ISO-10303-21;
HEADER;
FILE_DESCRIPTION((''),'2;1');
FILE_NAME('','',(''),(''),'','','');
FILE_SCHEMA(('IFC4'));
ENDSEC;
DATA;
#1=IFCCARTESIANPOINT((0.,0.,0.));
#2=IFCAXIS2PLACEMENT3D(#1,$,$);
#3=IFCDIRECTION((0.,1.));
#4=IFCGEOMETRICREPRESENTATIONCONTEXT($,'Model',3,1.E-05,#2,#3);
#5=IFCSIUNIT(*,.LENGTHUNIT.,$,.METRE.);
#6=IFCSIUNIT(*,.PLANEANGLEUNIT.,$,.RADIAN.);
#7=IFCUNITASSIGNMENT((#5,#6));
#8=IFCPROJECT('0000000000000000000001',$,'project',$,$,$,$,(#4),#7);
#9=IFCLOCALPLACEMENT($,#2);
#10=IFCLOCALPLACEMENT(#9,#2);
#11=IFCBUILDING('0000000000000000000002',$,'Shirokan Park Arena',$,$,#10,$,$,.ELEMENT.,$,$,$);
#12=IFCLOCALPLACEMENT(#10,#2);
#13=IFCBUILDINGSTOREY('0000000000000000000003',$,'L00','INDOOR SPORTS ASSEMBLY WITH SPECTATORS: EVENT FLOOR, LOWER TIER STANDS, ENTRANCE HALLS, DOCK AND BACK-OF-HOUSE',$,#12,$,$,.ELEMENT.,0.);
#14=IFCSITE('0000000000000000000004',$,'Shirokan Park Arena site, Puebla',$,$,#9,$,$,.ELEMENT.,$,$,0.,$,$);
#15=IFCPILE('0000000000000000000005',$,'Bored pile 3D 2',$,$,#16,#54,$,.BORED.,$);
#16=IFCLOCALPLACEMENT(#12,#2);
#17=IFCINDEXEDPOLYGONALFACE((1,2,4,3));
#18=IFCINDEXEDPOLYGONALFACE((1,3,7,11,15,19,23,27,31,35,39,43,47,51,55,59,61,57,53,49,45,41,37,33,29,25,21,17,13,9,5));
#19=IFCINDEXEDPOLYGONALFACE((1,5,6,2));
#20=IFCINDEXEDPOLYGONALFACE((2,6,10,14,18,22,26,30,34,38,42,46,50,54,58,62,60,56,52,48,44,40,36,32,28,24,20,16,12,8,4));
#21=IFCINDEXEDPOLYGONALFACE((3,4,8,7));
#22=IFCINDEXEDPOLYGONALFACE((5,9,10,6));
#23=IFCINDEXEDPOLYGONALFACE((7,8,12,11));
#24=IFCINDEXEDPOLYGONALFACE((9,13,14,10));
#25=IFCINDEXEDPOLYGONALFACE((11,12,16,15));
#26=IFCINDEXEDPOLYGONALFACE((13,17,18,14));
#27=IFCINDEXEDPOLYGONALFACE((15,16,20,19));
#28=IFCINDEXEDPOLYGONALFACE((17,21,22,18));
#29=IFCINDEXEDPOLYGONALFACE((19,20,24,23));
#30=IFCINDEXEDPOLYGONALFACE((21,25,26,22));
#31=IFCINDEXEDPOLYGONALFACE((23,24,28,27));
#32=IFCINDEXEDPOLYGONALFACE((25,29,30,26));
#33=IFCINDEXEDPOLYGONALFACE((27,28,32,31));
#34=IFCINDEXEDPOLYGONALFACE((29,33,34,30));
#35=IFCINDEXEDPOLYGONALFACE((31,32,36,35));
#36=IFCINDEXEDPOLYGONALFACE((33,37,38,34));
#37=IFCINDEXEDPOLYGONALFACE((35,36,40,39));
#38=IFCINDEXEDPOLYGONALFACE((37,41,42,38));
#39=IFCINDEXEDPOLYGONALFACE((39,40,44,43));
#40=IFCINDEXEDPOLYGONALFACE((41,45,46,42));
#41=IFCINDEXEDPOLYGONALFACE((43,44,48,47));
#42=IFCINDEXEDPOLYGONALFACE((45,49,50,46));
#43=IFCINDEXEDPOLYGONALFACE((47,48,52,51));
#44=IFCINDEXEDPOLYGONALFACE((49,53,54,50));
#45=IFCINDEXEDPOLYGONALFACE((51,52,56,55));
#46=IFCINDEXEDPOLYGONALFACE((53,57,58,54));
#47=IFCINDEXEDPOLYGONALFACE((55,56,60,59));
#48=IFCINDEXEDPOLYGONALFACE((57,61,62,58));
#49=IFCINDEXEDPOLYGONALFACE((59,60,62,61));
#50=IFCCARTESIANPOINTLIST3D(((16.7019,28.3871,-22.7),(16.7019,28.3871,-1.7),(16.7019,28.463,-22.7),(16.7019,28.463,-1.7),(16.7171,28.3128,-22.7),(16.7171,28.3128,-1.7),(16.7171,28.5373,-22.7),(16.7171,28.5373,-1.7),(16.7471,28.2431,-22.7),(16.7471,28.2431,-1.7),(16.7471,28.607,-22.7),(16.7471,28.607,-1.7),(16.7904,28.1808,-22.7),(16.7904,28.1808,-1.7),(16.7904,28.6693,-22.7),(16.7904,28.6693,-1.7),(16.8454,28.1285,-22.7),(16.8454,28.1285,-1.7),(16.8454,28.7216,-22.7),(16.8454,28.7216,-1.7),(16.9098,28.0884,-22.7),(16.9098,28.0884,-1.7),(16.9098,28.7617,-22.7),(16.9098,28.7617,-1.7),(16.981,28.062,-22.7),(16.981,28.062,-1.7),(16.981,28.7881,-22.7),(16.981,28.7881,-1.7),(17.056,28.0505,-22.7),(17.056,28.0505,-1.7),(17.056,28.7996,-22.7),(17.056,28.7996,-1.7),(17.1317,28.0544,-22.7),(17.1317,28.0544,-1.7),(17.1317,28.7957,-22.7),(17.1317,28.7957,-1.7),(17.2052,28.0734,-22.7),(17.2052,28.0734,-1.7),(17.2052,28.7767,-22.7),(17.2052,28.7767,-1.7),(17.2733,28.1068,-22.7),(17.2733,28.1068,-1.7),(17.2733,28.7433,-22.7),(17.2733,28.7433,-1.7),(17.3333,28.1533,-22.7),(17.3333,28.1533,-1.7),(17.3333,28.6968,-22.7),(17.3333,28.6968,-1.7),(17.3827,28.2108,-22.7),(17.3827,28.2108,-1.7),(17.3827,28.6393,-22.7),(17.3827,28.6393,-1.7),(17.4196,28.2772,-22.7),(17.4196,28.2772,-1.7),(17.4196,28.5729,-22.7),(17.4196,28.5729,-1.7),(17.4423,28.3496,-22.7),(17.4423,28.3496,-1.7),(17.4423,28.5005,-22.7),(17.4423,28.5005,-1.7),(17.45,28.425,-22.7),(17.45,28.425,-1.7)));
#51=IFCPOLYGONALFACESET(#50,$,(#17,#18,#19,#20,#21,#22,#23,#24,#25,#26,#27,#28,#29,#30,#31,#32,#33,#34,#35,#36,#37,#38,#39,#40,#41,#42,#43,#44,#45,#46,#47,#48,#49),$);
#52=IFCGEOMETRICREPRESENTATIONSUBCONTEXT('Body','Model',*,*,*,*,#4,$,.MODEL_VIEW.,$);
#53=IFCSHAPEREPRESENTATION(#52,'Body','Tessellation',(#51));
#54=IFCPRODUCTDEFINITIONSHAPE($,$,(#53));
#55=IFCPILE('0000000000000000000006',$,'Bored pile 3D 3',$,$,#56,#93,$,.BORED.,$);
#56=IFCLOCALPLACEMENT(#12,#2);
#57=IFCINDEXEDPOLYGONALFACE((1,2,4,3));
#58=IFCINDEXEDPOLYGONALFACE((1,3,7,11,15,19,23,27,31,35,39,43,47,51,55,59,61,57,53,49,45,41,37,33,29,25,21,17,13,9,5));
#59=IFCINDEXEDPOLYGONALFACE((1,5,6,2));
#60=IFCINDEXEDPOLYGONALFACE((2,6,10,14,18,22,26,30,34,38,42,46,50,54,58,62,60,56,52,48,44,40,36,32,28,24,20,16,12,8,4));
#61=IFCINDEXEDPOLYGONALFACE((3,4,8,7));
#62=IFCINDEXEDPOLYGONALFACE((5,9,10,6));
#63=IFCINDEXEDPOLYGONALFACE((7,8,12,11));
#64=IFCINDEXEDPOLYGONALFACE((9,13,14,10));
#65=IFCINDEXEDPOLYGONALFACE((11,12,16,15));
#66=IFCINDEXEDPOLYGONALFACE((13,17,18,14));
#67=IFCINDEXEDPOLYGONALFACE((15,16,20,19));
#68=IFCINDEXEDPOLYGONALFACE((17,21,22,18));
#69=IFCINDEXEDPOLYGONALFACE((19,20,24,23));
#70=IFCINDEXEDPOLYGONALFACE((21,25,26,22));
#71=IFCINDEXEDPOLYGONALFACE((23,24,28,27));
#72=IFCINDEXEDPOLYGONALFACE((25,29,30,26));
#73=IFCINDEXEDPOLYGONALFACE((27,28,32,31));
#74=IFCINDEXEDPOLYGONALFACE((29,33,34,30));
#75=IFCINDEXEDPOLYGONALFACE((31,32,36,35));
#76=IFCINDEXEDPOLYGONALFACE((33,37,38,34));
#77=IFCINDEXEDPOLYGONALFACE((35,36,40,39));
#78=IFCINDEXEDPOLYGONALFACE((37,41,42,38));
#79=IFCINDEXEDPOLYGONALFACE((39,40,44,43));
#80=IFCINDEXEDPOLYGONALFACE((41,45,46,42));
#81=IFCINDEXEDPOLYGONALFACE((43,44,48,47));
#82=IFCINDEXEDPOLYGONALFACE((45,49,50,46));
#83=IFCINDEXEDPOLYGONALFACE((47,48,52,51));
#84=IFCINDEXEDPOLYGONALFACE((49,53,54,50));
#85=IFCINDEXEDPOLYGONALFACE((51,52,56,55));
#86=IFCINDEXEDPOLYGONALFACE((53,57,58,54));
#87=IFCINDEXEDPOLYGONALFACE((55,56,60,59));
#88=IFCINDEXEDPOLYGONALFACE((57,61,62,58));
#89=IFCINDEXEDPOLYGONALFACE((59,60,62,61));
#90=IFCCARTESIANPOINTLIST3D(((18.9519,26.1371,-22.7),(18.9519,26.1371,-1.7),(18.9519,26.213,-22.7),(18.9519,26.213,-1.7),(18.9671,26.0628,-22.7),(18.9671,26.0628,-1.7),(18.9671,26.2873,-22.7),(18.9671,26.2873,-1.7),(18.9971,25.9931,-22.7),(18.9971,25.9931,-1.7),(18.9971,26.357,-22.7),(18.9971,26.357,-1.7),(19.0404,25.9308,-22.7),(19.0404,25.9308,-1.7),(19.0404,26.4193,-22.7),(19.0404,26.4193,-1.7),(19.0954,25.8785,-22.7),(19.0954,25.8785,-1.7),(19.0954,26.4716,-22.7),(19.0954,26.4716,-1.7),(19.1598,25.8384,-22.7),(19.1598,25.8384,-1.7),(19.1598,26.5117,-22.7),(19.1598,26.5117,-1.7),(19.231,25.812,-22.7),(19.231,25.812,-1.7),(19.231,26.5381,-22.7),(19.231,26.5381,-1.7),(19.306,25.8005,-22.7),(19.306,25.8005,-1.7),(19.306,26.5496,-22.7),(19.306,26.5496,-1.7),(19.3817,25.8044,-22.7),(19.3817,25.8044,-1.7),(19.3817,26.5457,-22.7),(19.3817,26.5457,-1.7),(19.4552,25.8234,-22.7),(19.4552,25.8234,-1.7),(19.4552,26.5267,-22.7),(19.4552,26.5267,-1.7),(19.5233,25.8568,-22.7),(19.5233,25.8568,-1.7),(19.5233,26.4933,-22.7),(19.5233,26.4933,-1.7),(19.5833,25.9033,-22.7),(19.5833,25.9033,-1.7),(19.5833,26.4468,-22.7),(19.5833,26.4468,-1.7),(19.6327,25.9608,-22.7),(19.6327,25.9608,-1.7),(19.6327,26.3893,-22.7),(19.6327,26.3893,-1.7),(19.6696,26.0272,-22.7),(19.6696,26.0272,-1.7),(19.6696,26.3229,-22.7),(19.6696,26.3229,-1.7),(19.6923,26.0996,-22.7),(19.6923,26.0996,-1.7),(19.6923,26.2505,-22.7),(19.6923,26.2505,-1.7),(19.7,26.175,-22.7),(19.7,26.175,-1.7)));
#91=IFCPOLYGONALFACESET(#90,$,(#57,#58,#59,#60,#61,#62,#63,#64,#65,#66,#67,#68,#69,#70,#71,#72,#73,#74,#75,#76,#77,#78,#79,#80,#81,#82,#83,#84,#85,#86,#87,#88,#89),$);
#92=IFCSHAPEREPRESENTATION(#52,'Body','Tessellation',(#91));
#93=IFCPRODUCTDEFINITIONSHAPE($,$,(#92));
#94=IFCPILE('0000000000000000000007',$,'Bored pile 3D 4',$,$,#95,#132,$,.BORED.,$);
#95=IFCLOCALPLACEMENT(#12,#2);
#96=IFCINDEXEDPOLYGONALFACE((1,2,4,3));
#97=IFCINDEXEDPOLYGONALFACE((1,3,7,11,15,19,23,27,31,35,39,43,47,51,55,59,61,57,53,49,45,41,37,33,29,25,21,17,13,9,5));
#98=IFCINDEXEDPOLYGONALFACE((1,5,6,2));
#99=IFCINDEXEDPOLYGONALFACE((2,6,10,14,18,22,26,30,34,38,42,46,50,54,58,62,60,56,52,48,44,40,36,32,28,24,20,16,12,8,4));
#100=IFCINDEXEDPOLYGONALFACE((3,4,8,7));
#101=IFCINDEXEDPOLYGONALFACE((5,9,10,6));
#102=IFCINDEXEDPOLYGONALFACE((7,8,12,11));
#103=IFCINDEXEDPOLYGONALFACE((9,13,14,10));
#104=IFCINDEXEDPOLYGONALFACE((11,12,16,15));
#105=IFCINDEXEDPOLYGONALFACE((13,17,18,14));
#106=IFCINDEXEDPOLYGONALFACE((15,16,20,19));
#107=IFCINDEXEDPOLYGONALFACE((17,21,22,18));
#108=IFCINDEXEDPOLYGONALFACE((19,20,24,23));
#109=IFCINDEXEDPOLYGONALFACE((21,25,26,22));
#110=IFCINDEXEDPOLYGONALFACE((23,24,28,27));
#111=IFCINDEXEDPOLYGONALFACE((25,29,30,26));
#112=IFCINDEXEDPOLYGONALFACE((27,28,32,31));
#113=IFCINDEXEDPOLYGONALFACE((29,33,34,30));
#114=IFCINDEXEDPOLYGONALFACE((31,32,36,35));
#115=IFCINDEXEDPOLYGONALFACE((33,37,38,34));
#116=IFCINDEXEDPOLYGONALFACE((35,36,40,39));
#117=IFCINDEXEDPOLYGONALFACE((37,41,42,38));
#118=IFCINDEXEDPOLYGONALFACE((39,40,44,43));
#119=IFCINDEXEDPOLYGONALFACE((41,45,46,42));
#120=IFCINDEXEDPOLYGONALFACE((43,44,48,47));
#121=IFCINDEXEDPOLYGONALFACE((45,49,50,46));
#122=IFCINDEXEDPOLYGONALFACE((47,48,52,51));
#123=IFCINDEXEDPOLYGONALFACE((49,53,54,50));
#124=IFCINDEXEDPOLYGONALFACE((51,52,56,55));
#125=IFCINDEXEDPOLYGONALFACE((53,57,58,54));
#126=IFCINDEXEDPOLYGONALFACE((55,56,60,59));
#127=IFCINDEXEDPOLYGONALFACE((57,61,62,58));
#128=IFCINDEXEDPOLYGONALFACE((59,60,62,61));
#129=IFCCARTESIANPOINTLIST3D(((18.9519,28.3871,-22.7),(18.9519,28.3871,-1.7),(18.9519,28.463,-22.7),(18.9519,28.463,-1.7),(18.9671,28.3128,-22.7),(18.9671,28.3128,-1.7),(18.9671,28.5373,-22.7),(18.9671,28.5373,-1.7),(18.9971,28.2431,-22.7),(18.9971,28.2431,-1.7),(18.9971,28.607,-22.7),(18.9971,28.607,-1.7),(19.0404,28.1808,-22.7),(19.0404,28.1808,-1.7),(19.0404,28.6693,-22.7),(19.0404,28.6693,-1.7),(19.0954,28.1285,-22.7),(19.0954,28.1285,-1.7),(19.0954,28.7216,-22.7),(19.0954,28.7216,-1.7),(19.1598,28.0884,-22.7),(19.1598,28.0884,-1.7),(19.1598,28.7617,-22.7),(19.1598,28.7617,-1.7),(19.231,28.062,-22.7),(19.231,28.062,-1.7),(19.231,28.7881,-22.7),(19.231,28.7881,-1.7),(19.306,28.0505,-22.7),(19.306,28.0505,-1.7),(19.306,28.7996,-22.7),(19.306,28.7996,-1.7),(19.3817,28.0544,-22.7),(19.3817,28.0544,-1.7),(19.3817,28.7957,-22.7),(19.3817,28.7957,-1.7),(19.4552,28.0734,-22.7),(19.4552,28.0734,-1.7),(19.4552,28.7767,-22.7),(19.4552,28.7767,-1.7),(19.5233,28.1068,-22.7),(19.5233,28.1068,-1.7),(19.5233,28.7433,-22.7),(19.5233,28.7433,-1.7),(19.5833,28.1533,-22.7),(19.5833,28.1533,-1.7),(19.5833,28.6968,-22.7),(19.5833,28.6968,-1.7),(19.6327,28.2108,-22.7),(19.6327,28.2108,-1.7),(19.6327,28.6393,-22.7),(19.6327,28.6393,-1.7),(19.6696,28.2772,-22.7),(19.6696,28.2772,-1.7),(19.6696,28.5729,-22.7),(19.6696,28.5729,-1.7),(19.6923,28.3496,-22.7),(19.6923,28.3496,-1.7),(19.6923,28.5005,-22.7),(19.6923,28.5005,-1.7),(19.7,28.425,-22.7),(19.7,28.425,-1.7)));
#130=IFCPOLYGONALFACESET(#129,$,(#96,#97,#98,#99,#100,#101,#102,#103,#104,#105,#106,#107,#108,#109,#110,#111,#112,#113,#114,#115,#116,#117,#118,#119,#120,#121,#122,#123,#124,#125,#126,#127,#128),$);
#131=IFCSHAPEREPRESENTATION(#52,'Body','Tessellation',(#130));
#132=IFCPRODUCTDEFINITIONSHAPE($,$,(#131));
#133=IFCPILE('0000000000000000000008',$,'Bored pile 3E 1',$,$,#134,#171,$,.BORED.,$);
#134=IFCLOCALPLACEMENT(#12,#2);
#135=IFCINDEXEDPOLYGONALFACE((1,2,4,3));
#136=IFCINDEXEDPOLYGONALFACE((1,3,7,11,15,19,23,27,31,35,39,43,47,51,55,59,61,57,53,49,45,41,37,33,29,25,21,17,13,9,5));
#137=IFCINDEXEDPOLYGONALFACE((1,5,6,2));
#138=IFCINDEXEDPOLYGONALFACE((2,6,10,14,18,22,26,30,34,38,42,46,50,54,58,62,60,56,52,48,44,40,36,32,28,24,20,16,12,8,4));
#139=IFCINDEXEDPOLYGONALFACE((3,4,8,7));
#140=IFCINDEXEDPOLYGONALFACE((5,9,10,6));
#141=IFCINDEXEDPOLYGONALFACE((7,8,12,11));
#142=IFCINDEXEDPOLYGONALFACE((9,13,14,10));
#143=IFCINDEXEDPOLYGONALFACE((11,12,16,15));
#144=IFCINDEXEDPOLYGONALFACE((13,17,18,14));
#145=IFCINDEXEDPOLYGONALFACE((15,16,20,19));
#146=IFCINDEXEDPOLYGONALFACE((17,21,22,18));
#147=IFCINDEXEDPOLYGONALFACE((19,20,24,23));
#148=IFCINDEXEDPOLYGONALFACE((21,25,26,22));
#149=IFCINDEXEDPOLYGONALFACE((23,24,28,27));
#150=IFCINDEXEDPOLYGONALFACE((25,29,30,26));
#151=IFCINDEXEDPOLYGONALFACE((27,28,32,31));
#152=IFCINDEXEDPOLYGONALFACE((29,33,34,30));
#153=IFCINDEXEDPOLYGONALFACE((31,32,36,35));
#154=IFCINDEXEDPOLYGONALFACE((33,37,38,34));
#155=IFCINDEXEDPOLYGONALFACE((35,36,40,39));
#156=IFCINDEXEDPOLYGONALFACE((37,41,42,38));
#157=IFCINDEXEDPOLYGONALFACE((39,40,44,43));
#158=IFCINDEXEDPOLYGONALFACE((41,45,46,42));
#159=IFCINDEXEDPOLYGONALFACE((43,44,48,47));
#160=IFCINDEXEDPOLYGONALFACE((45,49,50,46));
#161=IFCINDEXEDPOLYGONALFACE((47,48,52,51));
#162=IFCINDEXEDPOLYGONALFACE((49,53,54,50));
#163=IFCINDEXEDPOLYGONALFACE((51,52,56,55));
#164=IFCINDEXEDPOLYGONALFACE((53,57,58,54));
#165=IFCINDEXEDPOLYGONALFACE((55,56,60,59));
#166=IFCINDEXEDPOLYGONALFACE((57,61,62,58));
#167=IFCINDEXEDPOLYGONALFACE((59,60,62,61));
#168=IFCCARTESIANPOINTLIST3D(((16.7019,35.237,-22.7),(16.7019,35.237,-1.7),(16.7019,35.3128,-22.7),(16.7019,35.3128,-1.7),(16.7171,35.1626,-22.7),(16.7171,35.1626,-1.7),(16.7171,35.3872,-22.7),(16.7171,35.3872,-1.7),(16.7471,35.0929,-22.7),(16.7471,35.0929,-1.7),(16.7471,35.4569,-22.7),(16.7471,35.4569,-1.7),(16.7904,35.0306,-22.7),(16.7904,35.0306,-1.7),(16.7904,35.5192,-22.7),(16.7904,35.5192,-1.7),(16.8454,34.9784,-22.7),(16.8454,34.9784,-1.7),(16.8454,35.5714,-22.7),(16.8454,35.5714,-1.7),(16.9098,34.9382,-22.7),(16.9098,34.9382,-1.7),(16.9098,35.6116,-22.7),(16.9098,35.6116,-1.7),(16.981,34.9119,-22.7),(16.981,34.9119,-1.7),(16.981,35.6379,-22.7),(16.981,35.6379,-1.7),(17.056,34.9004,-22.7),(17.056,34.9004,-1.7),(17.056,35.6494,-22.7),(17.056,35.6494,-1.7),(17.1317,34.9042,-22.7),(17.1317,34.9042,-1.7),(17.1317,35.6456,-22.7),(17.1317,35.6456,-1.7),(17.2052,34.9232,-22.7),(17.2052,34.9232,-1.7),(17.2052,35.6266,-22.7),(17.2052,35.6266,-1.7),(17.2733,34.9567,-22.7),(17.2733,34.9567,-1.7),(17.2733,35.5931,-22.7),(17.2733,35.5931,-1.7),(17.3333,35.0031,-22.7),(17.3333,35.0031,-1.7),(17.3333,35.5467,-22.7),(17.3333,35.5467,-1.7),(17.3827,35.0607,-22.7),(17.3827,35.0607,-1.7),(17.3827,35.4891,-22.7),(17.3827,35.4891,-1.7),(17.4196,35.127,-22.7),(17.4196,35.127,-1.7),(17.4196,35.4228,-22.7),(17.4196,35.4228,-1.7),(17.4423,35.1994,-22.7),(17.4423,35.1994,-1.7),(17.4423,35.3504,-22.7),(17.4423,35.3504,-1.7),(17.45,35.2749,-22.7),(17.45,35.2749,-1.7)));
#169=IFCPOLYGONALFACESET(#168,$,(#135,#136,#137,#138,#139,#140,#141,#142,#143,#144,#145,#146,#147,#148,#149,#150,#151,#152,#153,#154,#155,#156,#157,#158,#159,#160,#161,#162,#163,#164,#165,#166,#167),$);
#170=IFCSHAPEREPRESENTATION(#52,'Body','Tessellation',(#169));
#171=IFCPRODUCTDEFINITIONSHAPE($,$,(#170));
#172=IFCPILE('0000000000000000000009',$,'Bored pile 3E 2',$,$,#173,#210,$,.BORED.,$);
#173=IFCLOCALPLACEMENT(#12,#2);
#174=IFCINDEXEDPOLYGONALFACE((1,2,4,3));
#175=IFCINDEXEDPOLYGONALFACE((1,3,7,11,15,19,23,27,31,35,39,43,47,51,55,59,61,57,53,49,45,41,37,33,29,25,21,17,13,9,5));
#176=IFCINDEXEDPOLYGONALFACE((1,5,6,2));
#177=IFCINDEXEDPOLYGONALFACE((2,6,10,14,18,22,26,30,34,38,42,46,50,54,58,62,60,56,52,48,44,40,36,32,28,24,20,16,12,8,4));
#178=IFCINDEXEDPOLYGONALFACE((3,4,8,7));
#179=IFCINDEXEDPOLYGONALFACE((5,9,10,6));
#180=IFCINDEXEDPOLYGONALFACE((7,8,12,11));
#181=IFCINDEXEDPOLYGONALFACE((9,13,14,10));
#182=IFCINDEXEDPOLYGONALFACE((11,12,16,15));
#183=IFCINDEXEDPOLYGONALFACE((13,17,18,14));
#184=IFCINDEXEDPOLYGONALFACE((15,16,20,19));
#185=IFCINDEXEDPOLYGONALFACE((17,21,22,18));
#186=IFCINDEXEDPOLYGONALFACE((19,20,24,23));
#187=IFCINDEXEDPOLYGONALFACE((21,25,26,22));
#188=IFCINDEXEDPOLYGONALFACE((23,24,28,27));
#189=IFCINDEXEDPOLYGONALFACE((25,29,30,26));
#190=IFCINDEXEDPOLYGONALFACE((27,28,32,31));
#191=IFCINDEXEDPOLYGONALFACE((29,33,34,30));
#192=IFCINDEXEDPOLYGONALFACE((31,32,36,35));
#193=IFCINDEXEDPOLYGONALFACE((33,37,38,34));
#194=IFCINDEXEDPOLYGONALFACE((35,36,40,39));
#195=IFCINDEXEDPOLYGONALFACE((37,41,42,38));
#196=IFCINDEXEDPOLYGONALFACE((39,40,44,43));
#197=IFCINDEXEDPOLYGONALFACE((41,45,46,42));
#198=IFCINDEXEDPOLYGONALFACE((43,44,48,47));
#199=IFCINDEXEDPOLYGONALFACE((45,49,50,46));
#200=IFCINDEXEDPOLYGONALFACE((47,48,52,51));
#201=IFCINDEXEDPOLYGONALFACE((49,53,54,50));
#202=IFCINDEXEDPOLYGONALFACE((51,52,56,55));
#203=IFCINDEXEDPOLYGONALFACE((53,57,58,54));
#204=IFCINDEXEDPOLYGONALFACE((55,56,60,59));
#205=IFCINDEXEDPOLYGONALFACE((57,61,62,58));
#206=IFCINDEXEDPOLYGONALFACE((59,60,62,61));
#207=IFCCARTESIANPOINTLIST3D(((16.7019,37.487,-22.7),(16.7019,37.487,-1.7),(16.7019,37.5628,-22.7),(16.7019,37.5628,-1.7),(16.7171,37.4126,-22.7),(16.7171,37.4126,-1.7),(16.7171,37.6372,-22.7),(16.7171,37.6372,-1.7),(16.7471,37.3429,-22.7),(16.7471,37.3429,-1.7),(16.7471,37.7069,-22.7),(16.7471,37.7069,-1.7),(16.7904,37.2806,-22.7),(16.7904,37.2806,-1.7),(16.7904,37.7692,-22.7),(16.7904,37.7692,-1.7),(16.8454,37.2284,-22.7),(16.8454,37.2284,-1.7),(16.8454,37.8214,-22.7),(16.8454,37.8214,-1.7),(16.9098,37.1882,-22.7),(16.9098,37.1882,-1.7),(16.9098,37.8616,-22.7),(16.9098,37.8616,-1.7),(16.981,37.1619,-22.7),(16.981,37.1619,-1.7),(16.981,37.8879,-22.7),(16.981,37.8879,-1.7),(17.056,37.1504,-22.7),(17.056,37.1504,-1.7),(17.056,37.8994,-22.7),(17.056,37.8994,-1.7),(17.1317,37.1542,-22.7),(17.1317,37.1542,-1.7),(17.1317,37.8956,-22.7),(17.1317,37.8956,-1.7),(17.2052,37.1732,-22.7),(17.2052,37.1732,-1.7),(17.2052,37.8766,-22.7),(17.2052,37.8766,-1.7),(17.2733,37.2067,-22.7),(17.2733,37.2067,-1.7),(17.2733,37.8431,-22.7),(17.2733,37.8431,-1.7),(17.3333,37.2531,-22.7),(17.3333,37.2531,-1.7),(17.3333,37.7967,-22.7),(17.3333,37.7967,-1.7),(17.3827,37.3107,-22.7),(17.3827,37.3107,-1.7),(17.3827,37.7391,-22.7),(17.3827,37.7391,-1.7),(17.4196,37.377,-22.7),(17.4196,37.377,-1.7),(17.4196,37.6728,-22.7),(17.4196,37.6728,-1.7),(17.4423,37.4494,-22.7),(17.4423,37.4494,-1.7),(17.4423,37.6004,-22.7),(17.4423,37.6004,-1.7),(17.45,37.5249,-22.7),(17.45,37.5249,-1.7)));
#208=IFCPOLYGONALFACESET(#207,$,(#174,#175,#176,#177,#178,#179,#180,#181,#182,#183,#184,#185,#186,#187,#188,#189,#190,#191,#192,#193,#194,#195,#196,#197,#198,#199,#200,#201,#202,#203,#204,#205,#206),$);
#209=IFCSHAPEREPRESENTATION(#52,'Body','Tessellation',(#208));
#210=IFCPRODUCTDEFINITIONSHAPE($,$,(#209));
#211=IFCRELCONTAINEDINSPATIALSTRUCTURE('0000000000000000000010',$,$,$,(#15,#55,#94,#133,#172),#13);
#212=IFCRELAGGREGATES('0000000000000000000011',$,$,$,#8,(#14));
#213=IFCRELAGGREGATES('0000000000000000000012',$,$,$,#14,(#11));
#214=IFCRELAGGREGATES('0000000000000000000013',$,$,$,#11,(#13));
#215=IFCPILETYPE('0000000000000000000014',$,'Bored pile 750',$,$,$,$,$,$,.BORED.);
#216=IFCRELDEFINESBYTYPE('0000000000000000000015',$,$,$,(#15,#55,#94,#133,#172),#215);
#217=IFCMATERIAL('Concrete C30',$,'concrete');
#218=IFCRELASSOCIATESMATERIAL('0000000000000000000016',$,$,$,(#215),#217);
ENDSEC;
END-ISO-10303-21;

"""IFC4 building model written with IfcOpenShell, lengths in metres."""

from ifc_helpers import new_model, si_unit, direction, frame, origin, origin_2d, place, context, subcontext, project, spatial, circle, extrude, material, material_profile, profile_set, type_object, element, save


model = new_model("IFC4")

# Units and contexts
model_context = context("Model", 3, precision=1e-05, world=origin(), true_north=direction((0.0, 1.0)))
body_context = subcontext(model_context, "Body", "Model", "MODEL_VIEW")
ifc_project = project(units=[si_unit("LENGTHUNIT", "METRE"), si_unit("PLANEANGLEUNIT", "RADIAN")], contexts=[model_context])

# Site, building, storey
site_placement = place(None, origin())
site = spatial("IfcSite", under=ifc_project, at=site_placement, Name="Shirokan Park Arena site, Puebla", CompositionType="ELEMENT", RefElevation=0.0)
building_placement = place(site_placement, origin())
building = spatial("IfcBuilding", under=site, at=building_placement, Name="Shirokan Park Arena", CompositionType="ELEMENT")
storey_placement = place(building_placement, origin())
storey = spatial("IfcBuildingStorey", under=building, at=storey_placement, Name="L00", Description="INDOOR SPORTS ASSEMBLY WITH SPECTATORS: EVENT FLOOR, LOWER TIER STANDS, ENTRANCE HALLS, DOCK AND BACK-OF-HOUSE", CompositionType="ELEMENT", Elevation=0.0)

# Piles
ifc_material_1 = material(Name="Concrete C30", Category="concrete")
ifc_material_profile_1 = material_profile(ifc_material_1, circle(Radius=0.375, at=origin_2d()), Name="D750")
ifc_profile_set_1 = profile_set([ifc_material_profile_1], Name="Concrete C30")
pile_type_1 = type_object("IfcPileType", Name="Bored pile 750", PredefinedType="BORED", material=ifc_profile_set_1)
for number, where, z_axis, x_axis, name in (
    (1, (17.075, 28.425, -1.7), (0.0, 0.0, -1.0), (1.0, 0.0, 0.0), "Bored pile 3D 2"),
    (2, (19.325, 26.175, -1.7), (0.0, 0.0, -1.0), (1.0, 0.0, 0.0), "Bored pile 3D 3"),
    (3, (19.325, 28.425, -1.7), (0.0, 0.0, -1.0), (1.0, 0.0, 0.0), "Bored pile 3D 4"),
    (4, (17.075, 35.2749, -1.7), (0.0, 0.0, -1.0), (1.0, 0.0, 0.0), "Bored pile 3E 1"),
    (5, (17.075, 37.5249, -1.7), (0.0, 0.0, -1.0), (1.0, 0.0, 0.0), "Bored pile 3E 2"),
):
    element("IfcPile", number, at=place(storey_placement, frame(where, z_axis=z_axis, x_axis=x_axis)), inside=storey, type_object=pile_type_1, Name=name, PredefinedType="BORED", context=body_context, shape_type="SweptSolid", body=[
        extrude(circle(Radius=0.375, at=origin_2d()), origin(), (0.0, 0.0, 1.0), 21.0),
    ])

save(model, "model.ifc")
